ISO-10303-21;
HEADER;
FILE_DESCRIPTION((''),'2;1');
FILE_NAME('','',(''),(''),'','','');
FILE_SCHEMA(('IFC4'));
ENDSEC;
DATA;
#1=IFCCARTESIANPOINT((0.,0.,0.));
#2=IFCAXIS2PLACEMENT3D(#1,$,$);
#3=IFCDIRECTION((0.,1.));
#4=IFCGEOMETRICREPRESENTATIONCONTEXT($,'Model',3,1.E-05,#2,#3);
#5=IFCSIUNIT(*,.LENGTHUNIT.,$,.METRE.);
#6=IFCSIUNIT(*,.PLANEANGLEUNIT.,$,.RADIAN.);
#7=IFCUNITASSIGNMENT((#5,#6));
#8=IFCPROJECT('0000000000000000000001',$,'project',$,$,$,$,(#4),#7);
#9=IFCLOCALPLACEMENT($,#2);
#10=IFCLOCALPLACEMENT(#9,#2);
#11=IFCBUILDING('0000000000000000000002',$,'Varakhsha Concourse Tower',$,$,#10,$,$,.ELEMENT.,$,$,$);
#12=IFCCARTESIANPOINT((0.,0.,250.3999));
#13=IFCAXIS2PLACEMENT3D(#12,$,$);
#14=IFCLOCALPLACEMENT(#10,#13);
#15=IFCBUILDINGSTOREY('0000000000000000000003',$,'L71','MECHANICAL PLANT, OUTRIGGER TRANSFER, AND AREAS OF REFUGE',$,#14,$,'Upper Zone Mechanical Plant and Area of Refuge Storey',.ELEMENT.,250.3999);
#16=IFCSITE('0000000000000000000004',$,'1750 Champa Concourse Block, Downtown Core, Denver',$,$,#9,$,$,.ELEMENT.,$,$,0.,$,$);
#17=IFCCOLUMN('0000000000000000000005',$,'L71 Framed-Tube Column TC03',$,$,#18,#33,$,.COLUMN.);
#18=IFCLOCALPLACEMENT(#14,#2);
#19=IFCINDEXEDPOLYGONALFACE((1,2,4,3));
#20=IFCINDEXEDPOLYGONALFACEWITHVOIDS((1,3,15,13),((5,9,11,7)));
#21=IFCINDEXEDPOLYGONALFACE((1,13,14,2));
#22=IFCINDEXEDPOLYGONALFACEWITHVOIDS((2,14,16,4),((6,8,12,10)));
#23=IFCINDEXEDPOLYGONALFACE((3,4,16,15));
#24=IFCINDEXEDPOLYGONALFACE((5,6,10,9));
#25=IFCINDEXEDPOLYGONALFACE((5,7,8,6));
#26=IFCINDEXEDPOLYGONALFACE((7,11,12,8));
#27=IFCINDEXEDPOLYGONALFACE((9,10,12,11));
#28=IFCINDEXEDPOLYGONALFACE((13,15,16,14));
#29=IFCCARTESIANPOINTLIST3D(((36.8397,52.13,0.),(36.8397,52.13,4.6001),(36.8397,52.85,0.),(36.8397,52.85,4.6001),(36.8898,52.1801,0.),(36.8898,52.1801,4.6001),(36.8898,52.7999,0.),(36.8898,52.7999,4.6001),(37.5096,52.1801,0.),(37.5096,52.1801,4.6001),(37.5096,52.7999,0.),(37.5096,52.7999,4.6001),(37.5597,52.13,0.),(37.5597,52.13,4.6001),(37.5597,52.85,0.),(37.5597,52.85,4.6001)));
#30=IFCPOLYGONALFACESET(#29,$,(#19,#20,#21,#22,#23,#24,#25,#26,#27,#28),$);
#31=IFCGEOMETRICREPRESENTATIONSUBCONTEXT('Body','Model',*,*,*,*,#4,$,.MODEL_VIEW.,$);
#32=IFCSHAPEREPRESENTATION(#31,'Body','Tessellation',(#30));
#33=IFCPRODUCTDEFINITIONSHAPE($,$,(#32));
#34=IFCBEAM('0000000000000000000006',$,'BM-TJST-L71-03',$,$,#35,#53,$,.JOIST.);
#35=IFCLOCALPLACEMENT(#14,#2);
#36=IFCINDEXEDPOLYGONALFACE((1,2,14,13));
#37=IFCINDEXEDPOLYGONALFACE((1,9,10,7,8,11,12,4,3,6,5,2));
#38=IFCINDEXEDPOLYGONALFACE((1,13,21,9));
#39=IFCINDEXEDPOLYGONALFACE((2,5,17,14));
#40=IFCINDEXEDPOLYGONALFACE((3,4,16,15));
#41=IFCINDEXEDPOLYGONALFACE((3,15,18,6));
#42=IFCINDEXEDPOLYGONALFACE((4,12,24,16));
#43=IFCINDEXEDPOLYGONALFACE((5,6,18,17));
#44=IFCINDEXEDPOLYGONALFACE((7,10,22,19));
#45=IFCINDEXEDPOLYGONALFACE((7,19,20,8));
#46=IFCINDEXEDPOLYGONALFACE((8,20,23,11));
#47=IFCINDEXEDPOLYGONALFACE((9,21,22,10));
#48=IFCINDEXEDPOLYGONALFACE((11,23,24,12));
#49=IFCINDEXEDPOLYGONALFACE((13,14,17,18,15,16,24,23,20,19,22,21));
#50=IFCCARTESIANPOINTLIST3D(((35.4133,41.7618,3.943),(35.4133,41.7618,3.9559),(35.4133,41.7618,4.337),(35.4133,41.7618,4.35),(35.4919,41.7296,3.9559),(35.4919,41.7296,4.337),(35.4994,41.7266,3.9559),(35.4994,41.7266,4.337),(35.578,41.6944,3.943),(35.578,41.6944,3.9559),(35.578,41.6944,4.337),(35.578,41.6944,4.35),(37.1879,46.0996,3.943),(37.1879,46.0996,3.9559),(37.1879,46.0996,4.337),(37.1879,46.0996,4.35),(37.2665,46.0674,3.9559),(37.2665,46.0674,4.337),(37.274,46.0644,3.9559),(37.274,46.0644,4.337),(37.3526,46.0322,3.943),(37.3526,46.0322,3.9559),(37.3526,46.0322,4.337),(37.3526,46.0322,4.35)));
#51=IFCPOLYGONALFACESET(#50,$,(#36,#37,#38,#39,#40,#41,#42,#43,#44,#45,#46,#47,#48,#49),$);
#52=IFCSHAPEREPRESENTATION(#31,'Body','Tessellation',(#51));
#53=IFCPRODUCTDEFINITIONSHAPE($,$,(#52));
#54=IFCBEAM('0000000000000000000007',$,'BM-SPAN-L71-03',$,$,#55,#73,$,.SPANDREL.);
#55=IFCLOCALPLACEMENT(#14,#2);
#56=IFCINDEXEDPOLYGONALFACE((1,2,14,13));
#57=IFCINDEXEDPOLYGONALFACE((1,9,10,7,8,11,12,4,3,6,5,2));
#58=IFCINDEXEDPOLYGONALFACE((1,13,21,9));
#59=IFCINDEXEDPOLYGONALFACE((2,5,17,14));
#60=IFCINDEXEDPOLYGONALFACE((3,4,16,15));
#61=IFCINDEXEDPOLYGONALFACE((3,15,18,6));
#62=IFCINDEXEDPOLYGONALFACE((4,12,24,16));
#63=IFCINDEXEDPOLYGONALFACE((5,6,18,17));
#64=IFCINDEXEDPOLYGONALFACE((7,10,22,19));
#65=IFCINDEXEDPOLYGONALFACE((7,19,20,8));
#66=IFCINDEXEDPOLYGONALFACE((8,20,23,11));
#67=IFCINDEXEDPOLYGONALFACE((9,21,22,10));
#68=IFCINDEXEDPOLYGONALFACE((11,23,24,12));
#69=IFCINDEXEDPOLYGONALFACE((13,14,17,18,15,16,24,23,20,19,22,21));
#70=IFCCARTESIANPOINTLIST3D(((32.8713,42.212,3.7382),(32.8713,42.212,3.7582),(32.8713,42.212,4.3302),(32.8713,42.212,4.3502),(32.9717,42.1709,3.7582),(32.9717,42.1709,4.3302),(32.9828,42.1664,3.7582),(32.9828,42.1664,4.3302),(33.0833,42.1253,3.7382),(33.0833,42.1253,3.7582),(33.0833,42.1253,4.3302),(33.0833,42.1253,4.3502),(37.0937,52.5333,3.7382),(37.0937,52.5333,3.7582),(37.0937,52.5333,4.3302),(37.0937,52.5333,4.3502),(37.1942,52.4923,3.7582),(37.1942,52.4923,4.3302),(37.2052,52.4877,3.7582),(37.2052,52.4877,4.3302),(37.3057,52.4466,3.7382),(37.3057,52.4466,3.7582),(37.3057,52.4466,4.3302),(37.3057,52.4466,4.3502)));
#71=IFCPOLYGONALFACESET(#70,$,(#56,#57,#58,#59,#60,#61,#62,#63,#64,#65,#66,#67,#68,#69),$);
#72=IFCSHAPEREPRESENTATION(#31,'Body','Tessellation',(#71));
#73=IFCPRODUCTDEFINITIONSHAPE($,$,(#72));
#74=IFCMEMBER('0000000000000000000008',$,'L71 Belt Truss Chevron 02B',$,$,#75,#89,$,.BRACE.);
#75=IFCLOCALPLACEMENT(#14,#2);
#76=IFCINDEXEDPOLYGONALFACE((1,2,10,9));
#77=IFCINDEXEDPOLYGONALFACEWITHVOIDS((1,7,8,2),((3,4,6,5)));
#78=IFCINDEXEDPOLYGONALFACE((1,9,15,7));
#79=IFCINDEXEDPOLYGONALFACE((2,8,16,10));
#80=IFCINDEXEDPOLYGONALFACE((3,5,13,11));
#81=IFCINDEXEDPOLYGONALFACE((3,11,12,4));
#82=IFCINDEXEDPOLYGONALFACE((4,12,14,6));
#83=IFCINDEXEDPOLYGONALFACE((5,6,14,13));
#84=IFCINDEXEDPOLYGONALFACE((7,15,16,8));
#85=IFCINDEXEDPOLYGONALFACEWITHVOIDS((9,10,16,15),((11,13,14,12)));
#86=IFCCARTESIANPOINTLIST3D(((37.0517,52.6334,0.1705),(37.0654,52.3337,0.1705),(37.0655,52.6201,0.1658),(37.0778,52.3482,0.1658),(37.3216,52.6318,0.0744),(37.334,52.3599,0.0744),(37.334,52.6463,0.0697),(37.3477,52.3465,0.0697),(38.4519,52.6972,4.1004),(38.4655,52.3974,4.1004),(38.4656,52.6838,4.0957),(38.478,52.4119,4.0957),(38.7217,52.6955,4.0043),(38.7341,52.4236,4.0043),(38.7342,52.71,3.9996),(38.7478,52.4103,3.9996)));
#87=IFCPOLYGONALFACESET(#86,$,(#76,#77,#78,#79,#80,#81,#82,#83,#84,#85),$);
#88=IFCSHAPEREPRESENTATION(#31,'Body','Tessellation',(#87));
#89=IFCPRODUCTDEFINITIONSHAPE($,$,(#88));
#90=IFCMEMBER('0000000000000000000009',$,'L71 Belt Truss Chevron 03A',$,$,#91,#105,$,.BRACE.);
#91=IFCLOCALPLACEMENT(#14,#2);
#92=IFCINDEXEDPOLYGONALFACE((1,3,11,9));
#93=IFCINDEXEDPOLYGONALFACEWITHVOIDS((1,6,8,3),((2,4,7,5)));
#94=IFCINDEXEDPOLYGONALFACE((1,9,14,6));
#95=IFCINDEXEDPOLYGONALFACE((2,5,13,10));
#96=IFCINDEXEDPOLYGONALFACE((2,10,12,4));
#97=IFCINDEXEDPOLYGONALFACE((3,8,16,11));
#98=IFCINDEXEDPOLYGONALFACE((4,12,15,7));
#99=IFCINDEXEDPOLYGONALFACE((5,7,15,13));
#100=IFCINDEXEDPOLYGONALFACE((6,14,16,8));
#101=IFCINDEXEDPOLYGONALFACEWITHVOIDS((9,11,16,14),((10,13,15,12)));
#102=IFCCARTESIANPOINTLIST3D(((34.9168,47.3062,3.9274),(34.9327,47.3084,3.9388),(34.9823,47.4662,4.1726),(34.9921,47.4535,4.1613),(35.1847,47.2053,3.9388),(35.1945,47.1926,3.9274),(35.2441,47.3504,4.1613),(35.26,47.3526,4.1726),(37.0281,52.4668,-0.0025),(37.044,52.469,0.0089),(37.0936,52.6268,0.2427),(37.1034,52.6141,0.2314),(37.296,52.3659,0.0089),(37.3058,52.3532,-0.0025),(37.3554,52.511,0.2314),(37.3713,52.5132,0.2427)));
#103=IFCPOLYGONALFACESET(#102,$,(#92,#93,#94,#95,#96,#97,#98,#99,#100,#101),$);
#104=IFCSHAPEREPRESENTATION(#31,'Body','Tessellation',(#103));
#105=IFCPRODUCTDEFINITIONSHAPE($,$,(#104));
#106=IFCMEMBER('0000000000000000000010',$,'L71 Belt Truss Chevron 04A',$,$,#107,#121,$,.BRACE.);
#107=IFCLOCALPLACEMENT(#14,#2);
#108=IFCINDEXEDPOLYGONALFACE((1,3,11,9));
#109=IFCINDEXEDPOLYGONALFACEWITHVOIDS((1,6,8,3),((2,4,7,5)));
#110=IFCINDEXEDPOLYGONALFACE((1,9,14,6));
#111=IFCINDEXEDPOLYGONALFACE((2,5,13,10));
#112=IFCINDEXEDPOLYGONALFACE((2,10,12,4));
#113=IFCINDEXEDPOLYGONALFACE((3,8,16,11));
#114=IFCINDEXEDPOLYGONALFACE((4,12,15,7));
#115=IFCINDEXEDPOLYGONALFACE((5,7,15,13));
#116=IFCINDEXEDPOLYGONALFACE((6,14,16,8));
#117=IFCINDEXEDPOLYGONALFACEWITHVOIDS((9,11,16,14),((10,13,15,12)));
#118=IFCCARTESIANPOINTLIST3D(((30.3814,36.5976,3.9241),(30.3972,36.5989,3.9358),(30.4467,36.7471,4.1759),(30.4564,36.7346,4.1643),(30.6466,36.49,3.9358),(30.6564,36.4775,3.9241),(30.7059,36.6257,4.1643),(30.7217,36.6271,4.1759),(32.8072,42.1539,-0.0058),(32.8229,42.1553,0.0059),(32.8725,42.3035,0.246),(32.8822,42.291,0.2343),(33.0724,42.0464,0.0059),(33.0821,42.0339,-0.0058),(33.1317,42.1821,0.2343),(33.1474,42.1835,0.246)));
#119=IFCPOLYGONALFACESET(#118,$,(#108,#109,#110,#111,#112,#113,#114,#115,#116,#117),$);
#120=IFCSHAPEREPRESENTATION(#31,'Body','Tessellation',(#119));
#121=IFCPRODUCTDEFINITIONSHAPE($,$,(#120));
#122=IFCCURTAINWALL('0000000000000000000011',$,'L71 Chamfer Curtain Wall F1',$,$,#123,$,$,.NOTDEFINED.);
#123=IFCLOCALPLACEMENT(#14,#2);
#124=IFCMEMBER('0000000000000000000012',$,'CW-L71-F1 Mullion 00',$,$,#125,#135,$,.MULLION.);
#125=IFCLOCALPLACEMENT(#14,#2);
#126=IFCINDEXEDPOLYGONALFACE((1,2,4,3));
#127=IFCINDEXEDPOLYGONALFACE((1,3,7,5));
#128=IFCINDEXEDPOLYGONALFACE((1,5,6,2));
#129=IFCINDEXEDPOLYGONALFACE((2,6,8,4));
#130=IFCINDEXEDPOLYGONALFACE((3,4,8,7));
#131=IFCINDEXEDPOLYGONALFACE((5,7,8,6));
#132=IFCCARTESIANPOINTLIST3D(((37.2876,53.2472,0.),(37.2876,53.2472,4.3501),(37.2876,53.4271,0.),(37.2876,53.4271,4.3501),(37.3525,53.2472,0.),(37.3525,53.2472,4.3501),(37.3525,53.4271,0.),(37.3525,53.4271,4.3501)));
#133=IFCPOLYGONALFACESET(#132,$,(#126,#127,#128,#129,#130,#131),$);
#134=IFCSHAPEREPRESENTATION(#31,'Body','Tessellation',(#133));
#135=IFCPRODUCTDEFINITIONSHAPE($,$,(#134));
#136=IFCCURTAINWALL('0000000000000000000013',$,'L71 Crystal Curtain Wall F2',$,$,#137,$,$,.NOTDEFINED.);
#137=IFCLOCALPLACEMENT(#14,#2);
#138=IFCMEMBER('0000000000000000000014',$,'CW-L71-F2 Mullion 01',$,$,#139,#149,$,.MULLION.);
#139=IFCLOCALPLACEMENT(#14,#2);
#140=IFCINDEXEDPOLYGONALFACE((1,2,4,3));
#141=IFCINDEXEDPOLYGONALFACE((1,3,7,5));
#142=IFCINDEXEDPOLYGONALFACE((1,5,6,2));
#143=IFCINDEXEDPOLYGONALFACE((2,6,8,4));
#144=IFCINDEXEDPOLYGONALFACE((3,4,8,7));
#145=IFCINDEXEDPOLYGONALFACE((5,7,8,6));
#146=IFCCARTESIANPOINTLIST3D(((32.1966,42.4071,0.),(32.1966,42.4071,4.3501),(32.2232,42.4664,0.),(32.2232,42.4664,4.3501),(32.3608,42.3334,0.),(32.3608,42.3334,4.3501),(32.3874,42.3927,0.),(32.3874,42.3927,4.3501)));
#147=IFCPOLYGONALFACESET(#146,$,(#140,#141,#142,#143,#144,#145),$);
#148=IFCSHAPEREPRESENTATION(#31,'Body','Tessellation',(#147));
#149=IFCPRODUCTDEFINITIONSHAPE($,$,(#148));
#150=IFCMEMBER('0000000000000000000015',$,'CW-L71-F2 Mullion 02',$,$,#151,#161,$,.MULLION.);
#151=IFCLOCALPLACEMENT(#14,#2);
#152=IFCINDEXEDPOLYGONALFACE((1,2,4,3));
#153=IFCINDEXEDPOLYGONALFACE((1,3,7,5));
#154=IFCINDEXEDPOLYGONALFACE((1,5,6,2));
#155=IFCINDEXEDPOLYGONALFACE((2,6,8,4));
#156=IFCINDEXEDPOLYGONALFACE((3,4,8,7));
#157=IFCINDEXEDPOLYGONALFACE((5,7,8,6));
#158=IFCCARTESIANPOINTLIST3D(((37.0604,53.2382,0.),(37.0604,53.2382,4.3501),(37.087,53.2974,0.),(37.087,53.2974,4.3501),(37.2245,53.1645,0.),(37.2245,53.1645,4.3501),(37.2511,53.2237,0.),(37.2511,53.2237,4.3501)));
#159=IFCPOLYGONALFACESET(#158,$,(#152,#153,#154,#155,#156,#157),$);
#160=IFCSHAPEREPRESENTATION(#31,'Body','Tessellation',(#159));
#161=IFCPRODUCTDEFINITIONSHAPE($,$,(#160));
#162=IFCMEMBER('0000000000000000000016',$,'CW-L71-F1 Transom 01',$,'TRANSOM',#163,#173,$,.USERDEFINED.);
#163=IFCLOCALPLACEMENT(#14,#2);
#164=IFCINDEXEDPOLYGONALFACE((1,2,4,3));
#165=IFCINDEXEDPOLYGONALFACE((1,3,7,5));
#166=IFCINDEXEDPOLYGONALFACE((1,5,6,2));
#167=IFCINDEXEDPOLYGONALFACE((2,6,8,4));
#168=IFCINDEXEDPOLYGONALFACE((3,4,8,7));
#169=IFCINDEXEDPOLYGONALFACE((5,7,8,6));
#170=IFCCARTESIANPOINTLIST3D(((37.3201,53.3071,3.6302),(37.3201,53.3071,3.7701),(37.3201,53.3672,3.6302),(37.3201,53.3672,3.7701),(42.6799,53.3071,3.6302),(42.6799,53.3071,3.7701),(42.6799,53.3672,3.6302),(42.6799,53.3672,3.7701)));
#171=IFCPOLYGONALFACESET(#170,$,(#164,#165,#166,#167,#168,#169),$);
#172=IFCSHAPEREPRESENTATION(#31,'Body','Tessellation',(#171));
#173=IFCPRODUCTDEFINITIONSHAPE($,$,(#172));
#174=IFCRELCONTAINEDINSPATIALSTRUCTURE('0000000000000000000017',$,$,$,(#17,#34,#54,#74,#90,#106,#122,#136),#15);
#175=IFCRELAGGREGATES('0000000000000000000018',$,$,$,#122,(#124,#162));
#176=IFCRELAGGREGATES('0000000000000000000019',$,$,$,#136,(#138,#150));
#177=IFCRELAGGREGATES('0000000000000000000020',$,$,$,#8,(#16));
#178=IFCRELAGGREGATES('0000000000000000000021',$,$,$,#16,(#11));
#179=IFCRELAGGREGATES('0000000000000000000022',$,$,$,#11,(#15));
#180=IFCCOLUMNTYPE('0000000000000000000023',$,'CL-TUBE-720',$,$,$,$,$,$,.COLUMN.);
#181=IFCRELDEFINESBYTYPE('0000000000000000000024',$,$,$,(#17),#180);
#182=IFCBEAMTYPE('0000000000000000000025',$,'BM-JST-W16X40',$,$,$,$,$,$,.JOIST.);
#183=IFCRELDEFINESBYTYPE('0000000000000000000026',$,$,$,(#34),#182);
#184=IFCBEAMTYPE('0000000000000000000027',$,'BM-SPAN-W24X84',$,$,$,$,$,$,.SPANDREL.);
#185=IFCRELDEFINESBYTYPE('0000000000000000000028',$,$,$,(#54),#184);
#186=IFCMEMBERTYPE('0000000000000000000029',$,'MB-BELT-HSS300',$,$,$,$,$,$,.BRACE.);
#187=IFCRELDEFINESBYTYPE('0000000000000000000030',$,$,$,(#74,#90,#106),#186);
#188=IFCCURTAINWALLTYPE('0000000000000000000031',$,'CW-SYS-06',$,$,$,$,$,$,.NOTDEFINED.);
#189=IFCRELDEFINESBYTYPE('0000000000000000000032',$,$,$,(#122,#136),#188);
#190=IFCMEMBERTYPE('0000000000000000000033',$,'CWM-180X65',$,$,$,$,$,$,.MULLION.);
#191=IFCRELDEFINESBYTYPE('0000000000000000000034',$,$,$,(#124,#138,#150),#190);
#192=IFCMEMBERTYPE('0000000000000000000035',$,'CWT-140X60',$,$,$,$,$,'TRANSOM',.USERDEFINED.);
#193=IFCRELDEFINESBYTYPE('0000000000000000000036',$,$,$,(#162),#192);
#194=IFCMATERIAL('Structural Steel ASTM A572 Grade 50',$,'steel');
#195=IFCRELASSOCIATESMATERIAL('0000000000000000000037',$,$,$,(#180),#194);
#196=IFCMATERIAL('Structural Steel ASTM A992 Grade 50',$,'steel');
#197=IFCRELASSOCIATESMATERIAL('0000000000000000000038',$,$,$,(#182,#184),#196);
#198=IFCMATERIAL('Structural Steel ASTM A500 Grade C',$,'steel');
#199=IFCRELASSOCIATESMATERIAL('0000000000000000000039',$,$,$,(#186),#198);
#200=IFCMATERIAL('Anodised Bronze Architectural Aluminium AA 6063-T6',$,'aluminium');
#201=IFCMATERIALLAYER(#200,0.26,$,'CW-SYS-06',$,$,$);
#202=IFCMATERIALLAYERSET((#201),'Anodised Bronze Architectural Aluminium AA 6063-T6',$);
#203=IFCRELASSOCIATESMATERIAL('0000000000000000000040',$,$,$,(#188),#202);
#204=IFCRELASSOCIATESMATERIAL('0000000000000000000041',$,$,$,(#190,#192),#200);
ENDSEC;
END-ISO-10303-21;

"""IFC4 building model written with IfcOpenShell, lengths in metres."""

from ifc_helpers import new_model, si_unit, direction, frame, origin, origin_2d, place, context, subcontext, project, spatial, rectangle, hollow_rectangle, i_section, extrude, source, transform, mapped, material, layer, layer_set, material_profile, profile_set, type_object, type_shapes, element, aggregate, save


model = new_model("IFC4")

# Units and contexts
model_context = context("Model", 3, precision=1e-05, world=origin(), true_north=direction((0.0, 1.0)))
body_context = subcontext(model_context, "Body", "Model", "MODEL_VIEW")
ifc_project = project(units=[si_unit("LENGTHUNIT", "METRE"), si_unit("PLANEANGLEUNIT", "RADIAN")], contexts=[model_context])

# Site, building, storey
site_placement = place(None, origin())
site = spatial("IfcSite", under=ifc_project, at=site_placement, Name="1750 Champa Concourse Block, Downtown Core, Denver", CompositionType="ELEMENT", RefElevation=0.0)
building_placement = place(site_placement, origin())
building = spatial("IfcBuilding", under=site, at=building_placement, Name="Varakhsha Concourse Tower", CompositionType="ELEMENT")
storey_placement = place(building_placement, frame((0.0, 0.0, 250.3999)))
storey = spatial("IfcBuildingStorey", under=building, at=storey_placement, Name="L71", Description="MECHANICAL PLANT, OUTRIGGER TRANSFER, AND AREAS OF REFUGE", LongName="Upper Zone Mechanical Plant and Area of Refuge Storey", CompositionType="ELEMENT", Elevation=250.3999)

# Column
ifc_material_1 = material(Name="Structural Steel ASTM A572 Grade 50", Category="steel")
ifc_material_profile_1 = material_profile(ifc_material_1, hollow_rectangle(XDim=0.72, YDim=0.72, WallThickness=0.05, at=origin_2d()), Name="BOX 720x720x50")
ifc_profile_set_1 = profile_set([ifc_material_profile_1], Name="Structural Steel ASTM A572 Grade 50")
column_type = type_object("IfcColumnType", Name="CL-TUBE-720", PredefinedType="COLUMN", material=ifc_profile_set_1)
column_placement = place(storey_placement, frame((37.1997, 52.49, 0.0), z_axis=(0.0, 0.0, 1.0), x_axis=(1.0, 0.0, 0.0)))
element("IfcColumn", 1, at=column_placement, inside=storey, type_object=column_type, Name="L71 Framed-Tube Column TC03", PredefinedType="COLUMN", context=body_context, shape_type="SweptSolid", body=[
    extrude(hollow_rectangle(XDim=0.72, YDim=0.72, WallThickness=0.05, at=origin_2d()), origin(), (0.0, 0.0, 1.0), 4.6001),
])

# Beams
ifc_material_2 = material(Name="Structural Steel ASTM A992 Grade 50", Category="steel")
ifc_material_profile_2 = material_profile(ifc_material_2, i_section(OverallWidth=0.178, OverallDepth=0.407, WebThickness=0.0081, FlangeThickness=0.0129, at=origin_2d()), Name="W16X40")
ifc_profile_set_2 = profile_set([ifc_material_profile_2], Name="Structural Steel ASTM A992 Grade 50")
beam_type_1 = type_object("IfcBeamType", Name="BM-JST-W16X40", PredefinedType="JOIST", material=ifc_profile_set_2)
beam_1_placement = place(storey_placement, frame((37.2703, 46.0659, 4.1465), z_axis=(-0.378645, -0.925542, 0.0), x_axis=(0.925542, -0.378645, 0.0)))
element("IfcBeam", 2, at=beam_1_placement, inside=storey, type_object=beam_type_1, Name="BM-TJST-L71-03", PredefinedType="JOIST", context=body_context, shape_type="SweptSolid", body=[
    extrude(i_section(OverallWidth=0.178, OverallDepth=0.407, WebThickness=0.0081, FlangeThickness=0.0129, at=origin_2d()), origin(), (0.0, 0.0, 1.0), 4.6868),
])
ifc_material_profile_3 = material_profile(ifc_material_2, i_section(OverallWidth=0.229, OverallDepth=0.6121, WebThickness=0.012, FlangeThickness=0.02, at=origin_2d()), Name="W24X84")
ifc_profile_set_3 = profile_set([ifc_material_profile_3], Name="Structural Steel ASTM A992 Grade 50")
beam_type_2 = type_object("IfcBeamType", Name="BM-SPAN-W24X84", PredefinedType="SPANDREL", material=ifc_profile_set_3)
beam_2_placement = place(storey_placement, frame((37.1997, 52.49, 4.0442), z_axis=(-0.378638, -0.925545, 0.0), x_axis=(0.925545, -0.378638, 0.0)))
element("IfcBeam", 3, at=beam_2_placement, inside=storey, type_object=beam_type_2, Name="BM-SPAN-L71-03", PredefinedType="SPANDREL", context=body_context, shape_type="SweptSolid", body=[
    extrude(i_section(OverallWidth=0.229, OverallDepth=0.6121, WebThickness=0.012, FlangeThickness=0.02, at=origin_2d()), origin(), (0.0, 0.0, 1.0), 11.1516),
])

# Members
ifc_material_3 = material(Name="Structural Steel ASTM A500 Grade C", Category="steel")
ifc_material_profile_4 = material_profile(ifc_material_3, hollow_rectangle(XDim=0.3, YDim=0.3, WallThickness=0.0139, at=origin_2d()), Name="HSS 300x300x14")
ifc_profile_set_4 = profile_set([ifc_material_profile_4], Name="Structural Steel ASTM A500 Grade C")
member_type_1 = type_object("IfcMemberType", Name="MB-BELT-HSS300", PredefinedType="BRACE", material=ifc_profile_set_4)
shared_shape_1 = source(origin(), body_context, "Body", "SweptSolid", [
    extrude(hollow_rectangle(XDim=0.3, YDim=0.3, WallThickness=0.0139, at=origin_2d()), origin(), (0.0, 0.0, 1.0), 4.1724),
])
member_1_placement = place(storey_placement, frame((37.1997, 52.49, 0.1201), z_axis=(0.335574, 0.015272, 0.94189), x_axis=(-0.045463, 0.998966, 0.0)))
element("IfcMember", 4, at=member_1_placement, inside=storey, type_object=member_type_1, Name="L71 Belt Truss Chevron 02B", PredefinedType="BRACE", context=body_context, shape_type="MappedRepresentation", body=[
    mapped(shared_shape_1, transform((0.0, 0.0, 0.0), scale=1.0)),
])
shared_shape_2 = source(origin(), body_context, "Body", "SweptSolid", [
    extrude(hollow_rectangle(XDim=0.3, YDim=0.3, WallThickness=0.0139, at=origin_2d()), origin(), (0.0, 0.0, 1.0), 6.8215),
])
member_2_placement = place(storey_placement, frame((37.1997, 52.49, 0.1201), z_axis=(-0.309506, -0.756514, 0.576101), x_axis=(0.925537, -0.378657, 0.0)))
element("IfcMember", 5, at=member_2_placement, inside=storey, type_object=member_type_1, Name="L71 Belt Truss Chevron 03A", PredefinedType="BRACE", context=body_context, shape_type="MappedRepresentation", body=[
    mapped(shared_shape_2, transform((0.0, 0.0, 0.0), scale=1.0)),
])
shared_shape_3 = source(origin(), body_context, "Body", "SweptSolid", [
    extrude(hollow_rectangle(XDim=0.3, YDim=0.3, WallThickness=0.0139, at=origin_2d()), origin(), (0.0, 0.0, 1.0), 7.2251),
])
type_shapes(member_type_1, [shared_shape_1, shared_shape_2, shared_shape_3])
member_3_placement = place(storey_placement, frame((32.9773, 42.1687, 0.1201), z_axis=(-0.335743, -0.769039, 0.543926), x_axis=(0.916469, -0.400107, 0.0)))
element("IfcMember", 6, at=member_3_placement, inside=storey, type_object=member_type_1, Name="L71 Belt Truss Chevron 04A", PredefinedType="BRACE", context=body_context, shape_type="MappedRepresentation", body=[
    mapped(shared_shape_3, transform((0.0, 0.0, 0.0), scale=1.0)),
])

# Curtain wall, member
ifc_material_4 = material(Name="Anodised Bronze Architectural Aluminium AA 6063-T6", Category="aluminium")
ifc_layer_1 = layer(ifc_material_4, 0.26, Name="CW-SYS-06")
ifc_layer_set_1 = layer_set([ifc_layer_1], Name="Anodised Bronze Architectural Aluminium AA 6063-T6")
curtain_wall_type = type_object("IfcCurtainWallType", Name="CW-SYS-06", PredefinedType="NOTDEFINED", material=ifc_layer_set_1)
curtain_wall_1_placement = place(storey_placement, origin())
curtain_wall_1 = element("IfcCurtainWall", 7, at=curtain_wall_1_placement, inside=storey, type_object=curtain_wall_type, Name="L71 Chamfer Curtain Wall F1", PredefinedType="NOTDEFINED")
ifc_material_profile_5 = material_profile(ifc_material_4, rectangle(XDim=0.0649, YDim=0.1799, at=origin_2d()), Name="CWM-180X65")
ifc_profile_set_5 = profile_set([ifc_material_profile_5], Name="Anodised Bronze Architectural Aluminium AA 6063-T6")
member_type_2 = type_object("IfcMemberType", Name="CWM-180X65", PredefinedType="MULLION", material=ifc_profile_set_5)
shared_shape_4 = source(origin(), body_context, "Body", "SweptSolid", [
    extrude(rectangle(XDim=0.0649, YDim=0.1799, at=origin_2d()), origin(), (0.0, 0.0, 1.0), 4.3501),
])
type_shapes(member_type_2, [shared_shape_4])
member_4_placement = place(storey_placement, frame((37.3201, 53.3372, 0.0), z_axis=(0.0, 0.0, 1.0), x_axis=(1.0, 0.0, 0.0)))
member_4 = element("IfcMember", 8, at=member_4_placement, type_object=member_type_2, Name="CW-L71-F1 Mullion 00", PredefinedType="MULLION", context=body_context, shape_type="MappedRepresentation", body=[
    mapped(shared_shape_4, transform((0.0, 0.0, 0.0), scale=1.0)),
])

# Curtain wall, members
curtain_wall_2_placement = place(storey_placement, origin())
curtain_wall_2 = element("IfcCurtainWall", 9, at=curtain_wall_2_placement, inside=storey, type_object=curtain_wall_type, Name="L71 Crystal Curtain Wall F2", PredefinedType="NOTDEFINED")
member_5_placement = place(storey_placement, frame((32.292, 42.3999, 0.0), z_axis=(0.0, 0.0, 1.0), x_axis=(0.409662, 0.912237, 0.0)))
member_5 = element("IfcMember", 10, at=member_5_placement, type_object=member_type_2, Name="CW-L71-F2 Mullion 01", PredefinedType="MULLION", context=body_context, shape_type="MappedRepresentation", body=[
    mapped(shared_shape_4, transform((0.0, 0.0, 0.0), scale=1.0)),
])
member_6_placement = place(storey_placement, frame((37.1558, 53.231, 0.0), z_axis=(0.0, 0.0, 1.0), x_axis=(0.409662, 0.912237, 0.0)))
member_6 = element("IfcMember", 11, at=member_6_placement, type_object=member_type_2, Name="CW-L71-F2 Mullion 02", PredefinedType="MULLION", context=body_context, shape_type="MappedRepresentation", body=[
    mapped(shared_shape_4, transform((0.0, 0.0, 0.0), scale=1.0)),
])

# Member
ifc_material_profile_6 = material_profile(ifc_material_4, rectangle(XDim=0.0601, YDim=0.1399, at=origin_2d()), Name="CWT-140X60")
ifc_profile_set_6 = profile_set([ifc_material_profile_6], Name="Anodised Bronze Architectural Aluminium AA 6063-T6")
member_type_3 = type_object("IfcMemberType", Name="CWT-140X60", ElementType="TRANSOM", PredefinedType="USERDEFINED", material=ifc_profile_set_6)
shared_shape_5 = source(origin(), body_context, "Body", "SweptSolid", [
    extrude(rectangle(XDim=0.0601, YDim=0.1399, at=origin_2d()), origin(), (0.0, 0.0, 1.0), 5.3599),
])
type_shapes(member_type_3, [shared_shape_5])
member_7_placement = place(storey_placement, frame((37.3201, 53.3372, 3.7002), z_axis=(1.0, 0.0, 0.0), x_axis=(0.0, 1.0, 0.0)))
member_7 = element("IfcMember", 12, at=member_7_placement, type_object=member_type_3, Name="CW-L71-F1 Transom 01", ObjectType="TRANSOM", PredefinedType="USERDEFINED", context=body_context, shape_type="MappedRepresentation", body=[
    mapped(shared_shape_5, transform((0.0, 0.0, 0.0), scale=1.0)),
])
aggregate(curtain_wall_1, [member_4, member_7])

aggregate(curtain_wall_2, [member_5, member_6])

save(model, "model.ifc")
